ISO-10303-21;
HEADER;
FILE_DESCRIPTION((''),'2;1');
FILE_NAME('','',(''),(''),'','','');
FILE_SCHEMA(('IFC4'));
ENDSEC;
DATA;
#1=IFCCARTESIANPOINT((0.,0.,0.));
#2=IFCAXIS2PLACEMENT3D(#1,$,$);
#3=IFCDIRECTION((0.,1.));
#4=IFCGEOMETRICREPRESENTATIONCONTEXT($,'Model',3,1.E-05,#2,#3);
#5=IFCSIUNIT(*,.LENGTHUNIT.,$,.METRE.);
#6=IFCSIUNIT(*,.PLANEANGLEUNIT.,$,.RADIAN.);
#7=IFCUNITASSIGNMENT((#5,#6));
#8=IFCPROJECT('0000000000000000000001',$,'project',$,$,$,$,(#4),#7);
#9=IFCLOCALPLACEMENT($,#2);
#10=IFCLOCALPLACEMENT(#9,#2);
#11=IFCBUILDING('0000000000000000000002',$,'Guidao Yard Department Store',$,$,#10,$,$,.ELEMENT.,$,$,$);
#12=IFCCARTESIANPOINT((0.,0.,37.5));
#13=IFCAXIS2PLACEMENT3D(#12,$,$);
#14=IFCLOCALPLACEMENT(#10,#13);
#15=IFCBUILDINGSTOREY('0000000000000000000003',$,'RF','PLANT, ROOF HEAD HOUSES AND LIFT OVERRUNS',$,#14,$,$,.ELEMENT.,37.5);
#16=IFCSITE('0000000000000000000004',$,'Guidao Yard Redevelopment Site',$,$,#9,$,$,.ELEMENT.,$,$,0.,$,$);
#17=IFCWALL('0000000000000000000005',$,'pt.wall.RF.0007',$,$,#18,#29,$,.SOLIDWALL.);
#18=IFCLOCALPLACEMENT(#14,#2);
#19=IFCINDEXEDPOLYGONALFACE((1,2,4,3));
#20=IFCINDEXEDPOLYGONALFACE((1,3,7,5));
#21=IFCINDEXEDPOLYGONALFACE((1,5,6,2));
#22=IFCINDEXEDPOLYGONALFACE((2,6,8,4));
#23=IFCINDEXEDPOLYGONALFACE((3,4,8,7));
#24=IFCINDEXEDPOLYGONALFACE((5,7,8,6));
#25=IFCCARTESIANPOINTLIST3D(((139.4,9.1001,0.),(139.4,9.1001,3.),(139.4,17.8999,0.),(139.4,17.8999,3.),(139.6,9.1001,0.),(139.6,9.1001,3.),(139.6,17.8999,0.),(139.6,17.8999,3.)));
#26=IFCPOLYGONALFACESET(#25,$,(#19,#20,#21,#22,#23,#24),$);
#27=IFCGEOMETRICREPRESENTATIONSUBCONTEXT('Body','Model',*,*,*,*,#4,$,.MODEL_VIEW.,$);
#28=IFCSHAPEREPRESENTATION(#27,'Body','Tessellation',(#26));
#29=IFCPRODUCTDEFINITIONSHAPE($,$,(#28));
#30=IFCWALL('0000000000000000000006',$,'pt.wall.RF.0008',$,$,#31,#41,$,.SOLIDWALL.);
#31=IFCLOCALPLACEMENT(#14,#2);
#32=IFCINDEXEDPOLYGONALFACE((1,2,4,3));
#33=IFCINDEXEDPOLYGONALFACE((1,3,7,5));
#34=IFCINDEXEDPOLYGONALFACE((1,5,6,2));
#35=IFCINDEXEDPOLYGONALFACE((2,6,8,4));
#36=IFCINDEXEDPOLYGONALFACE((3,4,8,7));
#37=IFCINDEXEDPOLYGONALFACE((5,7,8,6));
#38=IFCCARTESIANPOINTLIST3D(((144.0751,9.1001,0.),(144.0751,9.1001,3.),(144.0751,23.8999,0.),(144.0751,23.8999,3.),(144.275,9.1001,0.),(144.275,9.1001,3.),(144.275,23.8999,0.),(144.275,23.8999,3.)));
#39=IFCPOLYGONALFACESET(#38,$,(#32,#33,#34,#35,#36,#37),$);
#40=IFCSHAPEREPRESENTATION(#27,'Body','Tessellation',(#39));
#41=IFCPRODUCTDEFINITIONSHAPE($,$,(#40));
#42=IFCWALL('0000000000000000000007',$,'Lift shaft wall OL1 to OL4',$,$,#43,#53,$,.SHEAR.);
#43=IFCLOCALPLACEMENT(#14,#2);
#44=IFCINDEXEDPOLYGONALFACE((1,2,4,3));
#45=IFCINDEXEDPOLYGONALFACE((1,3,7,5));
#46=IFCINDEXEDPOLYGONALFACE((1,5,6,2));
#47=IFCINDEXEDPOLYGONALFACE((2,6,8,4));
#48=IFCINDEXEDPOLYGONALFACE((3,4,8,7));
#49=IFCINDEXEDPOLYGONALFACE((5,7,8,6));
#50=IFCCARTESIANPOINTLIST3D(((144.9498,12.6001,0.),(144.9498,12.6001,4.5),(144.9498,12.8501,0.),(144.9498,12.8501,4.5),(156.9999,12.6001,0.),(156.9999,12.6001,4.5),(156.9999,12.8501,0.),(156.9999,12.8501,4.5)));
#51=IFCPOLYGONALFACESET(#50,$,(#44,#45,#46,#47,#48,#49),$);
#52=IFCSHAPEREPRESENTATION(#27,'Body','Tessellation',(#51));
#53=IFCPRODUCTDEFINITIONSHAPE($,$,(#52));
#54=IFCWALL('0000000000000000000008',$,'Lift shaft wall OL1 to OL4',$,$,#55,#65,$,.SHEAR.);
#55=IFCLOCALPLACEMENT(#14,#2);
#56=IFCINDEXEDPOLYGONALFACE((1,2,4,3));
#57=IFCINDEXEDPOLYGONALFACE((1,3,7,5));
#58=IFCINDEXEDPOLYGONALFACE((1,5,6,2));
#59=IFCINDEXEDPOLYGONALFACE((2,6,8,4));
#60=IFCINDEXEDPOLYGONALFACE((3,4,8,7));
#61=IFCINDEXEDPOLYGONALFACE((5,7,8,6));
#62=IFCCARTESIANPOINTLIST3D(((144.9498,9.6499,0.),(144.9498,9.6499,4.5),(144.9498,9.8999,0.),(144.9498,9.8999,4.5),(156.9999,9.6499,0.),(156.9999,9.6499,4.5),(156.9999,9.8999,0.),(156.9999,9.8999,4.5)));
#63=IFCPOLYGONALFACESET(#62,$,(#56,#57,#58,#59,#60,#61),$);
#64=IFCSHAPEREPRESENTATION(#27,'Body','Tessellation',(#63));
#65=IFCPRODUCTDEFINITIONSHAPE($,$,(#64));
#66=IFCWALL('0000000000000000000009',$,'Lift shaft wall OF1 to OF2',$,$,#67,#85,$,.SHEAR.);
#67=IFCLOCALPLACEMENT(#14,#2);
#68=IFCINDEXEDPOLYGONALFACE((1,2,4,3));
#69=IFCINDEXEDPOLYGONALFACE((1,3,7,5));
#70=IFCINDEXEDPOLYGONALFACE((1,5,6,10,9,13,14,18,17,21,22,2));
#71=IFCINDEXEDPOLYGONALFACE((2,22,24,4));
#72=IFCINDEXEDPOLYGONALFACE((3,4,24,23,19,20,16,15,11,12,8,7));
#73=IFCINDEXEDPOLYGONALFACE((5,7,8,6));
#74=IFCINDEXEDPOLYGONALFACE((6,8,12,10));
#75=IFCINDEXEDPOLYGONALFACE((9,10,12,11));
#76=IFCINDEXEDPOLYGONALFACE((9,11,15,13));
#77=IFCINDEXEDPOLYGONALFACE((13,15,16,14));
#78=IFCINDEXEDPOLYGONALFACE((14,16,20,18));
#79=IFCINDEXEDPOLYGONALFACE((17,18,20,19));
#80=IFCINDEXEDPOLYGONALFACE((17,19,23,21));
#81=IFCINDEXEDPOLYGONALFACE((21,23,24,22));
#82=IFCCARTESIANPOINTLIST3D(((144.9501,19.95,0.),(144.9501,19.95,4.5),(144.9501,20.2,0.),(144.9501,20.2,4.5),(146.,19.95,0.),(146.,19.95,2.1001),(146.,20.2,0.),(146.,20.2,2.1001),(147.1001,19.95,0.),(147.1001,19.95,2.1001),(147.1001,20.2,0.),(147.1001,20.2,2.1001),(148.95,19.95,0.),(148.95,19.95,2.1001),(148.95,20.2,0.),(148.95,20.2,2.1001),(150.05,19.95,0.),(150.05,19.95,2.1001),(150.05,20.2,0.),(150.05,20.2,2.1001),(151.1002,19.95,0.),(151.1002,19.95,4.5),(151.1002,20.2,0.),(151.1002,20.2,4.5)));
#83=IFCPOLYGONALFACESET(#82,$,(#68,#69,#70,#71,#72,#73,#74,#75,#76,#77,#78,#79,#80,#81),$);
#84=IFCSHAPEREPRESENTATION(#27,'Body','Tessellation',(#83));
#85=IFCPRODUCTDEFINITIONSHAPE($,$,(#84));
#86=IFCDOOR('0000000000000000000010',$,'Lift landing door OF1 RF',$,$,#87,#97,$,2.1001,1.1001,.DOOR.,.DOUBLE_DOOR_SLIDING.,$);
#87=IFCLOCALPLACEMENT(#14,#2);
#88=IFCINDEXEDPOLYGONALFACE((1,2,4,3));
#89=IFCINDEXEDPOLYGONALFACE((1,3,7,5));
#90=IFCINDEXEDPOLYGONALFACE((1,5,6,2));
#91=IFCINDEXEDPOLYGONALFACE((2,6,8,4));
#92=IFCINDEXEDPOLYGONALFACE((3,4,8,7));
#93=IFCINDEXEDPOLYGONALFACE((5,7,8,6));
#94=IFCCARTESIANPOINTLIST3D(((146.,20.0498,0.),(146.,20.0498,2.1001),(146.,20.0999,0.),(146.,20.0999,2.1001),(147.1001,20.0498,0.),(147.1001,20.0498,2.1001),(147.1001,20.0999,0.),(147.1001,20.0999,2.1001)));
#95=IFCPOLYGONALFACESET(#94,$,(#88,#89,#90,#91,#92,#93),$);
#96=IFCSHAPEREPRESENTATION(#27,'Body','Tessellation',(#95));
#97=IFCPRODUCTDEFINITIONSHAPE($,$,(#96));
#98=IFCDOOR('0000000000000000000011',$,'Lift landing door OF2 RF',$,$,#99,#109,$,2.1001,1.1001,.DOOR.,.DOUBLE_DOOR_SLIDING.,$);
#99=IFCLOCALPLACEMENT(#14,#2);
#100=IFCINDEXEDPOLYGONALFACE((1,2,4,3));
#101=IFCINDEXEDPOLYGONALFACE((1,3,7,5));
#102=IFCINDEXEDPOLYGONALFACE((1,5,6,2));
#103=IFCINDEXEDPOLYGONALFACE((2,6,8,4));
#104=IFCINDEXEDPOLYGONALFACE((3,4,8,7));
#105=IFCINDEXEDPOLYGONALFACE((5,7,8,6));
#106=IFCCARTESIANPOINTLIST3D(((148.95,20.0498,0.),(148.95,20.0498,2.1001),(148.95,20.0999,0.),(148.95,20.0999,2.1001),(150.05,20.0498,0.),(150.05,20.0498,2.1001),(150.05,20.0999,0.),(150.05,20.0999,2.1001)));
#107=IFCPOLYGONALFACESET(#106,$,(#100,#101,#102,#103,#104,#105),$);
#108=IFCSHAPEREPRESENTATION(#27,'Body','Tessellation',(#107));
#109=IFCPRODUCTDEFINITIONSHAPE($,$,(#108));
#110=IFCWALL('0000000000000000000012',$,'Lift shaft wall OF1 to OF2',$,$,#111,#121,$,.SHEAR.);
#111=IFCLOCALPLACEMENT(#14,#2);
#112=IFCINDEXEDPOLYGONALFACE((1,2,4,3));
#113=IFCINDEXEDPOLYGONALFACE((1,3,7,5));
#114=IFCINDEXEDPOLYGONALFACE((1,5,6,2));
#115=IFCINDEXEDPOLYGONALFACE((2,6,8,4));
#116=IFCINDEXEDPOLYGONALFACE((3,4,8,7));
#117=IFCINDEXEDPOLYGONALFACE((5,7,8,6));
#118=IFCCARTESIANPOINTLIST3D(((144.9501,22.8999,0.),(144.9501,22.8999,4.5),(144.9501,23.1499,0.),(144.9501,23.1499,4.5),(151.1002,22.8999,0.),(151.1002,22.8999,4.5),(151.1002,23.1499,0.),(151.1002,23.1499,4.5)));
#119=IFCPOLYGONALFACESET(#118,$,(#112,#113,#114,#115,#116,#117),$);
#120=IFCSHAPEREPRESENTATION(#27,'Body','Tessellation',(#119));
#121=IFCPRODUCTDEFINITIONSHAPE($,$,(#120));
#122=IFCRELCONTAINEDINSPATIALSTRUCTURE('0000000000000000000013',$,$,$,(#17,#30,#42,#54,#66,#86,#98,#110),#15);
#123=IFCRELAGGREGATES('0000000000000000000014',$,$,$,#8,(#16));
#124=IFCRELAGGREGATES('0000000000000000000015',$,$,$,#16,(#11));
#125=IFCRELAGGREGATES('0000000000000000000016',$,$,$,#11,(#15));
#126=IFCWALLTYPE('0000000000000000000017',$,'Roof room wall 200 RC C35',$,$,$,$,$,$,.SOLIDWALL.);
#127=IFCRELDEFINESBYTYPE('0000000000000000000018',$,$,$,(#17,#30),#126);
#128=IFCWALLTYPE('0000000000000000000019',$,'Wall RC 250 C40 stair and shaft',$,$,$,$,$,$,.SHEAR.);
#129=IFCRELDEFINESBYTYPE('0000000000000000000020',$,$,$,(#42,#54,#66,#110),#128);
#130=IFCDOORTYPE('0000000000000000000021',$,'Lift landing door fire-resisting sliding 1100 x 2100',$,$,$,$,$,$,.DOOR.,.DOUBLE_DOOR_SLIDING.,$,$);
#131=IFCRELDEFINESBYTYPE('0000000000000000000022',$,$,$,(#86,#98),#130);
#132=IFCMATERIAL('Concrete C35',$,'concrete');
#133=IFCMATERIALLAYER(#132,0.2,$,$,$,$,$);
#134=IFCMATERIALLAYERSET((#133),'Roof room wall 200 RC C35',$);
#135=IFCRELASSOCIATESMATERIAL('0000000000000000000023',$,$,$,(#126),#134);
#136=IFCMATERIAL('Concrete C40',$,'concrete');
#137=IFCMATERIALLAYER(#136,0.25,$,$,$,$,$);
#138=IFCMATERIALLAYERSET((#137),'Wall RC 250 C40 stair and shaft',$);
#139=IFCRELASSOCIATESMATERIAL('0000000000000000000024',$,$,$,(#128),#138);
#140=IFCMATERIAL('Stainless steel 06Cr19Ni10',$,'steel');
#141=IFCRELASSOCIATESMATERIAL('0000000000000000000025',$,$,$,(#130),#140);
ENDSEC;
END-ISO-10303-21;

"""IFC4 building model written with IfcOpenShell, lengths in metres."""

from ifc_helpers import new_model, si_unit, direction, frame, frame_2d, origin, place, context, subcontext, project, spatial, rectangle, extrude, material, layer, layer_set, type_object, element, fill, save


model = new_model("IFC4")

# Units and contexts
model_context = context("Model", 3, precision=1e-05, world=origin(), true_north=direction((0.0, 1.0)))
body_context = subcontext(model_context, "Body", "Model", "MODEL_VIEW")
ifc_project = project(units=[si_unit("LENGTHUNIT", "METRE"), si_unit("PLANEANGLEUNIT", "RADIAN")], contexts=[model_context])

# Site, building, storey
site_placement = place(None, origin())
site = spatial("IfcSite", under=ifc_project, at=site_placement, Name="Guidao Yard Redevelopment Site", CompositionType="ELEMENT", RefElevation=0.0)
building_placement = place(site_placement, origin())
building = spatial("IfcBuilding", under=site, at=building_placement, Name="Guidao Yard Department Store", CompositionType="ELEMENT")
storey_placement = place(building_placement, frame((0.0, 0.0, 37.5)))
storey = spatial("IfcBuildingStorey", under=building, at=storey_placement, Name="RF", Description="PLANT, ROOF HEAD HOUSES AND LIFT OVERRUNS", CompositionType="ELEMENT", Elevation=37.5)

# Shared definitions
ifc_material_1 = material(Name="Concrete C35", Category="concrete")
ifc_layer_1 = layer(ifc_material_1, 0.2)
ifc_layer_set_1 = layer_set([ifc_layer_1], Name="Roof room wall 200 RC C35")
wall_type_1 = type_object("IfcWallType", Name="Roof room wall 200 RC C35", PredefinedType="SOLIDWALL", material=ifc_layer_set_1)

# Walls
wall_1_placement = place(storey_placement, frame((139.5, 9.1001, 0.0), z_axis=(0.0, 0.0, 1.0), x_axis=(0.0, 1.0, 0.0)))
element("IfcWall", 1, at=wall_1_placement, inside=storey, type_object=wall_type_1, Name="pt.wall.RF.0007", PredefinedType="SOLIDWALL", context=body_context, shape_type="SweptSolid", body=[
    extrude(rectangle(XDim=8.7998, YDim=0.2, at=frame_2d((4.3999, 0.0))), origin(), (0.0, 0.0, 1.0), 3.0),
])
wall_2_placement = place(storey_placement, frame((144.175, 9.1001, 0.0), z_axis=(0.0, 0.0, 1.0), x_axis=(0.0, 1.0, 0.0)))
element("IfcWall", 2, at=wall_2_placement, inside=storey, type_object=wall_type_1, Name="pt.wall.RF.0008", PredefinedType="SOLIDWALL", context=body_context, shape_type="SweptSolid", body=[
    extrude(rectangle(XDim=14.7998, YDim=0.2, at=frame_2d((7.3999, 0.0))), origin(), (0.0, 0.0, 1.0), 3.0),
])
ifc_material_2 = material(Name="Concrete C40", Category="concrete")
ifc_layer_2 = layer(ifc_material_2, 0.25)
ifc_layer_set_2 = layer_set([ifc_layer_2], Name="Wall RC 250 C40 stair and shaft")
wall_type_2 = type_object("IfcWallType", Name="Wall RC 250 C40 stair and shaft", PredefinedType="SHEAR", material=ifc_layer_set_2)
for number, where, z_axis, x_axis, name in (
    (3, (144.95, 12.7251, 0.0), (0.0, 0.0, 1.0), (1.0, 0.0, 0.0), "Lift shaft wall OL1 to OL4"),
    (4, (144.95, 9.7749, 0.0), (0.0, 0.0, 1.0), (1.0, 0.0, 0.0), "Lift shaft wall OL1 to OL4"),
):
    element("IfcWall", number, at=place(storey_placement, frame(where, z_axis=z_axis, x_axis=x_axis)), inside=storey, type_object=wall_type_2, Name=name, PredefinedType="SHEAR", context=body_context, shape_type="SweptSolid", body=[
        extrude(rectangle(XDim=12.05, YDim=0.25, at=frame_2d((6.0249, 0.0))), origin(), (0.0, 0.0, 1.0), 4.5),
    ])

# Wall, openings, doors
wall_3_placement = place(storey_placement, frame((144.95, 20.075, 0.0), z_axis=(0.0, 0.0, 1.0), x_axis=(1.0, 0.0, 0.0)))
wall_3 = element("IfcWall", 5, at=wall_3_placement, inside=storey, type_object=wall_type_2, Name="Lift shaft wall OF1 to OF2", PredefinedType="SHEAR", context=body_context, shape_type="SweptSolid", body=[
    extrude(rectangle(XDim=6.1501, YDim=0.25, at=frame_2d((3.0752, 0.0))), origin(), (0.0, 0.0, 1.0), 4.5),
])
opening_1_placement = place(wall_3_placement, frame((1.05, 0.0, 0.0)))
opening_1 = element("IfcOpeningElement", 6, at=opening_1_placement, cuts=wall_3, PredefinedType="OPENING", context=body_context, shape_type="SweptSolid", body=[
    extrude(rectangle(XDim=1.1001, YDim=2.1001, at=frame_2d((0.55, 1.05))), frame((0.0, 0.135, 0.0), z_axis=(0.0, -1.0, 0.0), x_axis=(1.0, 0.0, 0.0)), (0.0, 0.0, 1.0), 0.27),
])
opening_2_placement = place(wall_3_placement, frame((4.0, 0.0, 0.0)))
opening_2 = element("IfcOpeningElement", 7, at=opening_2_placement, cuts=wall_3, PredefinedType="OPENING", context=body_context, shape_type="SweptSolid", body=[
    extrude(rectangle(XDim=1.1001, YDim=2.1001, at=frame_2d((0.55, 1.05))), frame((0.0, 0.135, 0.0), z_axis=(0.0, -1.0, 0.0), x_axis=(1.0, 0.0, 0.0)), (0.0, 0.0, 1.0), 0.27),
])
ifc_material_3 = material(Name="Stainless steel 06Cr19Ni10", Category="steel")
door_type_1 = type_object("IfcDoorType", Name="Lift landing door fire-resisting sliding 1100 x 2100", OperationType="DOUBLE_DOOR_SLIDING", PredefinedType="DOOR", material=ifc_material_3)
door_1_placement = place(opening_1_placement, origin())
door_1 = element("IfcDoor", 8, at=door_1_placement, inside=storey, type_object=door_type_1, Name="Lift landing door OF1 RF", OperationType="DOUBLE_DOOR_SLIDING", OverallHeight=2.1001, OverallWidth=1.1001, PredefinedType="DOOR", context=body_context, shape_type="SweptSolid", body=[
    extrude(rectangle(XDim=1.1001, YDim=2.1001, at=frame_2d((0.55, 1.05))), frame((0.0, 0.0249, 0.0), z_axis=(0.0, -1.0, 0.0), x_axis=(1.0, 0.0, 0.0)), (0.0, 0.0, 1.0), 0.05),
])
fill(opening_1, door_1)
door_2_placement = place(opening_2_placement, origin())
door_2 = element("IfcDoor", 9, at=door_2_placement, inside=storey, type_object=door_type_1, Name="Lift landing door OF2 RF", OperationType="DOUBLE_DOOR_SLIDING", OverallHeight=2.1001, OverallWidth=1.1001, PredefinedType="DOOR", context=body_context, shape_type="SweptSolid", body=[
    extrude(rectangle(XDim=1.1001, YDim=2.1001, at=frame_2d((0.55, 1.05))), frame((0.0, 0.0249, 0.0), z_axis=(0.0, -1.0, 0.0), x_axis=(1.0, 0.0, 0.0)), (0.0, 0.0, 1.0), 0.05),
])
fill(opening_2, door_2)

# Wall
wall_4_placement = place(storey_placement, frame((144.95, 23.0249, 0.0), z_axis=(0.0, 0.0, 1.0), x_axis=(1.0, 0.0, 0.0)))
element("IfcWall", 10, at=wall_4_placement, inside=storey, type_object=wall_type_2, Name="Lift shaft wall OF1 to OF2", PredefinedType="SHEAR", context=body_context, shape_type="SweptSolid", body=[
    extrude(rectangle(XDim=6.1501, YDim=0.25, at=frame_2d((3.0752, 0.0))), origin(), (0.0, 0.0, 1.0), 4.5),
])

save(model, "model.ifc")
